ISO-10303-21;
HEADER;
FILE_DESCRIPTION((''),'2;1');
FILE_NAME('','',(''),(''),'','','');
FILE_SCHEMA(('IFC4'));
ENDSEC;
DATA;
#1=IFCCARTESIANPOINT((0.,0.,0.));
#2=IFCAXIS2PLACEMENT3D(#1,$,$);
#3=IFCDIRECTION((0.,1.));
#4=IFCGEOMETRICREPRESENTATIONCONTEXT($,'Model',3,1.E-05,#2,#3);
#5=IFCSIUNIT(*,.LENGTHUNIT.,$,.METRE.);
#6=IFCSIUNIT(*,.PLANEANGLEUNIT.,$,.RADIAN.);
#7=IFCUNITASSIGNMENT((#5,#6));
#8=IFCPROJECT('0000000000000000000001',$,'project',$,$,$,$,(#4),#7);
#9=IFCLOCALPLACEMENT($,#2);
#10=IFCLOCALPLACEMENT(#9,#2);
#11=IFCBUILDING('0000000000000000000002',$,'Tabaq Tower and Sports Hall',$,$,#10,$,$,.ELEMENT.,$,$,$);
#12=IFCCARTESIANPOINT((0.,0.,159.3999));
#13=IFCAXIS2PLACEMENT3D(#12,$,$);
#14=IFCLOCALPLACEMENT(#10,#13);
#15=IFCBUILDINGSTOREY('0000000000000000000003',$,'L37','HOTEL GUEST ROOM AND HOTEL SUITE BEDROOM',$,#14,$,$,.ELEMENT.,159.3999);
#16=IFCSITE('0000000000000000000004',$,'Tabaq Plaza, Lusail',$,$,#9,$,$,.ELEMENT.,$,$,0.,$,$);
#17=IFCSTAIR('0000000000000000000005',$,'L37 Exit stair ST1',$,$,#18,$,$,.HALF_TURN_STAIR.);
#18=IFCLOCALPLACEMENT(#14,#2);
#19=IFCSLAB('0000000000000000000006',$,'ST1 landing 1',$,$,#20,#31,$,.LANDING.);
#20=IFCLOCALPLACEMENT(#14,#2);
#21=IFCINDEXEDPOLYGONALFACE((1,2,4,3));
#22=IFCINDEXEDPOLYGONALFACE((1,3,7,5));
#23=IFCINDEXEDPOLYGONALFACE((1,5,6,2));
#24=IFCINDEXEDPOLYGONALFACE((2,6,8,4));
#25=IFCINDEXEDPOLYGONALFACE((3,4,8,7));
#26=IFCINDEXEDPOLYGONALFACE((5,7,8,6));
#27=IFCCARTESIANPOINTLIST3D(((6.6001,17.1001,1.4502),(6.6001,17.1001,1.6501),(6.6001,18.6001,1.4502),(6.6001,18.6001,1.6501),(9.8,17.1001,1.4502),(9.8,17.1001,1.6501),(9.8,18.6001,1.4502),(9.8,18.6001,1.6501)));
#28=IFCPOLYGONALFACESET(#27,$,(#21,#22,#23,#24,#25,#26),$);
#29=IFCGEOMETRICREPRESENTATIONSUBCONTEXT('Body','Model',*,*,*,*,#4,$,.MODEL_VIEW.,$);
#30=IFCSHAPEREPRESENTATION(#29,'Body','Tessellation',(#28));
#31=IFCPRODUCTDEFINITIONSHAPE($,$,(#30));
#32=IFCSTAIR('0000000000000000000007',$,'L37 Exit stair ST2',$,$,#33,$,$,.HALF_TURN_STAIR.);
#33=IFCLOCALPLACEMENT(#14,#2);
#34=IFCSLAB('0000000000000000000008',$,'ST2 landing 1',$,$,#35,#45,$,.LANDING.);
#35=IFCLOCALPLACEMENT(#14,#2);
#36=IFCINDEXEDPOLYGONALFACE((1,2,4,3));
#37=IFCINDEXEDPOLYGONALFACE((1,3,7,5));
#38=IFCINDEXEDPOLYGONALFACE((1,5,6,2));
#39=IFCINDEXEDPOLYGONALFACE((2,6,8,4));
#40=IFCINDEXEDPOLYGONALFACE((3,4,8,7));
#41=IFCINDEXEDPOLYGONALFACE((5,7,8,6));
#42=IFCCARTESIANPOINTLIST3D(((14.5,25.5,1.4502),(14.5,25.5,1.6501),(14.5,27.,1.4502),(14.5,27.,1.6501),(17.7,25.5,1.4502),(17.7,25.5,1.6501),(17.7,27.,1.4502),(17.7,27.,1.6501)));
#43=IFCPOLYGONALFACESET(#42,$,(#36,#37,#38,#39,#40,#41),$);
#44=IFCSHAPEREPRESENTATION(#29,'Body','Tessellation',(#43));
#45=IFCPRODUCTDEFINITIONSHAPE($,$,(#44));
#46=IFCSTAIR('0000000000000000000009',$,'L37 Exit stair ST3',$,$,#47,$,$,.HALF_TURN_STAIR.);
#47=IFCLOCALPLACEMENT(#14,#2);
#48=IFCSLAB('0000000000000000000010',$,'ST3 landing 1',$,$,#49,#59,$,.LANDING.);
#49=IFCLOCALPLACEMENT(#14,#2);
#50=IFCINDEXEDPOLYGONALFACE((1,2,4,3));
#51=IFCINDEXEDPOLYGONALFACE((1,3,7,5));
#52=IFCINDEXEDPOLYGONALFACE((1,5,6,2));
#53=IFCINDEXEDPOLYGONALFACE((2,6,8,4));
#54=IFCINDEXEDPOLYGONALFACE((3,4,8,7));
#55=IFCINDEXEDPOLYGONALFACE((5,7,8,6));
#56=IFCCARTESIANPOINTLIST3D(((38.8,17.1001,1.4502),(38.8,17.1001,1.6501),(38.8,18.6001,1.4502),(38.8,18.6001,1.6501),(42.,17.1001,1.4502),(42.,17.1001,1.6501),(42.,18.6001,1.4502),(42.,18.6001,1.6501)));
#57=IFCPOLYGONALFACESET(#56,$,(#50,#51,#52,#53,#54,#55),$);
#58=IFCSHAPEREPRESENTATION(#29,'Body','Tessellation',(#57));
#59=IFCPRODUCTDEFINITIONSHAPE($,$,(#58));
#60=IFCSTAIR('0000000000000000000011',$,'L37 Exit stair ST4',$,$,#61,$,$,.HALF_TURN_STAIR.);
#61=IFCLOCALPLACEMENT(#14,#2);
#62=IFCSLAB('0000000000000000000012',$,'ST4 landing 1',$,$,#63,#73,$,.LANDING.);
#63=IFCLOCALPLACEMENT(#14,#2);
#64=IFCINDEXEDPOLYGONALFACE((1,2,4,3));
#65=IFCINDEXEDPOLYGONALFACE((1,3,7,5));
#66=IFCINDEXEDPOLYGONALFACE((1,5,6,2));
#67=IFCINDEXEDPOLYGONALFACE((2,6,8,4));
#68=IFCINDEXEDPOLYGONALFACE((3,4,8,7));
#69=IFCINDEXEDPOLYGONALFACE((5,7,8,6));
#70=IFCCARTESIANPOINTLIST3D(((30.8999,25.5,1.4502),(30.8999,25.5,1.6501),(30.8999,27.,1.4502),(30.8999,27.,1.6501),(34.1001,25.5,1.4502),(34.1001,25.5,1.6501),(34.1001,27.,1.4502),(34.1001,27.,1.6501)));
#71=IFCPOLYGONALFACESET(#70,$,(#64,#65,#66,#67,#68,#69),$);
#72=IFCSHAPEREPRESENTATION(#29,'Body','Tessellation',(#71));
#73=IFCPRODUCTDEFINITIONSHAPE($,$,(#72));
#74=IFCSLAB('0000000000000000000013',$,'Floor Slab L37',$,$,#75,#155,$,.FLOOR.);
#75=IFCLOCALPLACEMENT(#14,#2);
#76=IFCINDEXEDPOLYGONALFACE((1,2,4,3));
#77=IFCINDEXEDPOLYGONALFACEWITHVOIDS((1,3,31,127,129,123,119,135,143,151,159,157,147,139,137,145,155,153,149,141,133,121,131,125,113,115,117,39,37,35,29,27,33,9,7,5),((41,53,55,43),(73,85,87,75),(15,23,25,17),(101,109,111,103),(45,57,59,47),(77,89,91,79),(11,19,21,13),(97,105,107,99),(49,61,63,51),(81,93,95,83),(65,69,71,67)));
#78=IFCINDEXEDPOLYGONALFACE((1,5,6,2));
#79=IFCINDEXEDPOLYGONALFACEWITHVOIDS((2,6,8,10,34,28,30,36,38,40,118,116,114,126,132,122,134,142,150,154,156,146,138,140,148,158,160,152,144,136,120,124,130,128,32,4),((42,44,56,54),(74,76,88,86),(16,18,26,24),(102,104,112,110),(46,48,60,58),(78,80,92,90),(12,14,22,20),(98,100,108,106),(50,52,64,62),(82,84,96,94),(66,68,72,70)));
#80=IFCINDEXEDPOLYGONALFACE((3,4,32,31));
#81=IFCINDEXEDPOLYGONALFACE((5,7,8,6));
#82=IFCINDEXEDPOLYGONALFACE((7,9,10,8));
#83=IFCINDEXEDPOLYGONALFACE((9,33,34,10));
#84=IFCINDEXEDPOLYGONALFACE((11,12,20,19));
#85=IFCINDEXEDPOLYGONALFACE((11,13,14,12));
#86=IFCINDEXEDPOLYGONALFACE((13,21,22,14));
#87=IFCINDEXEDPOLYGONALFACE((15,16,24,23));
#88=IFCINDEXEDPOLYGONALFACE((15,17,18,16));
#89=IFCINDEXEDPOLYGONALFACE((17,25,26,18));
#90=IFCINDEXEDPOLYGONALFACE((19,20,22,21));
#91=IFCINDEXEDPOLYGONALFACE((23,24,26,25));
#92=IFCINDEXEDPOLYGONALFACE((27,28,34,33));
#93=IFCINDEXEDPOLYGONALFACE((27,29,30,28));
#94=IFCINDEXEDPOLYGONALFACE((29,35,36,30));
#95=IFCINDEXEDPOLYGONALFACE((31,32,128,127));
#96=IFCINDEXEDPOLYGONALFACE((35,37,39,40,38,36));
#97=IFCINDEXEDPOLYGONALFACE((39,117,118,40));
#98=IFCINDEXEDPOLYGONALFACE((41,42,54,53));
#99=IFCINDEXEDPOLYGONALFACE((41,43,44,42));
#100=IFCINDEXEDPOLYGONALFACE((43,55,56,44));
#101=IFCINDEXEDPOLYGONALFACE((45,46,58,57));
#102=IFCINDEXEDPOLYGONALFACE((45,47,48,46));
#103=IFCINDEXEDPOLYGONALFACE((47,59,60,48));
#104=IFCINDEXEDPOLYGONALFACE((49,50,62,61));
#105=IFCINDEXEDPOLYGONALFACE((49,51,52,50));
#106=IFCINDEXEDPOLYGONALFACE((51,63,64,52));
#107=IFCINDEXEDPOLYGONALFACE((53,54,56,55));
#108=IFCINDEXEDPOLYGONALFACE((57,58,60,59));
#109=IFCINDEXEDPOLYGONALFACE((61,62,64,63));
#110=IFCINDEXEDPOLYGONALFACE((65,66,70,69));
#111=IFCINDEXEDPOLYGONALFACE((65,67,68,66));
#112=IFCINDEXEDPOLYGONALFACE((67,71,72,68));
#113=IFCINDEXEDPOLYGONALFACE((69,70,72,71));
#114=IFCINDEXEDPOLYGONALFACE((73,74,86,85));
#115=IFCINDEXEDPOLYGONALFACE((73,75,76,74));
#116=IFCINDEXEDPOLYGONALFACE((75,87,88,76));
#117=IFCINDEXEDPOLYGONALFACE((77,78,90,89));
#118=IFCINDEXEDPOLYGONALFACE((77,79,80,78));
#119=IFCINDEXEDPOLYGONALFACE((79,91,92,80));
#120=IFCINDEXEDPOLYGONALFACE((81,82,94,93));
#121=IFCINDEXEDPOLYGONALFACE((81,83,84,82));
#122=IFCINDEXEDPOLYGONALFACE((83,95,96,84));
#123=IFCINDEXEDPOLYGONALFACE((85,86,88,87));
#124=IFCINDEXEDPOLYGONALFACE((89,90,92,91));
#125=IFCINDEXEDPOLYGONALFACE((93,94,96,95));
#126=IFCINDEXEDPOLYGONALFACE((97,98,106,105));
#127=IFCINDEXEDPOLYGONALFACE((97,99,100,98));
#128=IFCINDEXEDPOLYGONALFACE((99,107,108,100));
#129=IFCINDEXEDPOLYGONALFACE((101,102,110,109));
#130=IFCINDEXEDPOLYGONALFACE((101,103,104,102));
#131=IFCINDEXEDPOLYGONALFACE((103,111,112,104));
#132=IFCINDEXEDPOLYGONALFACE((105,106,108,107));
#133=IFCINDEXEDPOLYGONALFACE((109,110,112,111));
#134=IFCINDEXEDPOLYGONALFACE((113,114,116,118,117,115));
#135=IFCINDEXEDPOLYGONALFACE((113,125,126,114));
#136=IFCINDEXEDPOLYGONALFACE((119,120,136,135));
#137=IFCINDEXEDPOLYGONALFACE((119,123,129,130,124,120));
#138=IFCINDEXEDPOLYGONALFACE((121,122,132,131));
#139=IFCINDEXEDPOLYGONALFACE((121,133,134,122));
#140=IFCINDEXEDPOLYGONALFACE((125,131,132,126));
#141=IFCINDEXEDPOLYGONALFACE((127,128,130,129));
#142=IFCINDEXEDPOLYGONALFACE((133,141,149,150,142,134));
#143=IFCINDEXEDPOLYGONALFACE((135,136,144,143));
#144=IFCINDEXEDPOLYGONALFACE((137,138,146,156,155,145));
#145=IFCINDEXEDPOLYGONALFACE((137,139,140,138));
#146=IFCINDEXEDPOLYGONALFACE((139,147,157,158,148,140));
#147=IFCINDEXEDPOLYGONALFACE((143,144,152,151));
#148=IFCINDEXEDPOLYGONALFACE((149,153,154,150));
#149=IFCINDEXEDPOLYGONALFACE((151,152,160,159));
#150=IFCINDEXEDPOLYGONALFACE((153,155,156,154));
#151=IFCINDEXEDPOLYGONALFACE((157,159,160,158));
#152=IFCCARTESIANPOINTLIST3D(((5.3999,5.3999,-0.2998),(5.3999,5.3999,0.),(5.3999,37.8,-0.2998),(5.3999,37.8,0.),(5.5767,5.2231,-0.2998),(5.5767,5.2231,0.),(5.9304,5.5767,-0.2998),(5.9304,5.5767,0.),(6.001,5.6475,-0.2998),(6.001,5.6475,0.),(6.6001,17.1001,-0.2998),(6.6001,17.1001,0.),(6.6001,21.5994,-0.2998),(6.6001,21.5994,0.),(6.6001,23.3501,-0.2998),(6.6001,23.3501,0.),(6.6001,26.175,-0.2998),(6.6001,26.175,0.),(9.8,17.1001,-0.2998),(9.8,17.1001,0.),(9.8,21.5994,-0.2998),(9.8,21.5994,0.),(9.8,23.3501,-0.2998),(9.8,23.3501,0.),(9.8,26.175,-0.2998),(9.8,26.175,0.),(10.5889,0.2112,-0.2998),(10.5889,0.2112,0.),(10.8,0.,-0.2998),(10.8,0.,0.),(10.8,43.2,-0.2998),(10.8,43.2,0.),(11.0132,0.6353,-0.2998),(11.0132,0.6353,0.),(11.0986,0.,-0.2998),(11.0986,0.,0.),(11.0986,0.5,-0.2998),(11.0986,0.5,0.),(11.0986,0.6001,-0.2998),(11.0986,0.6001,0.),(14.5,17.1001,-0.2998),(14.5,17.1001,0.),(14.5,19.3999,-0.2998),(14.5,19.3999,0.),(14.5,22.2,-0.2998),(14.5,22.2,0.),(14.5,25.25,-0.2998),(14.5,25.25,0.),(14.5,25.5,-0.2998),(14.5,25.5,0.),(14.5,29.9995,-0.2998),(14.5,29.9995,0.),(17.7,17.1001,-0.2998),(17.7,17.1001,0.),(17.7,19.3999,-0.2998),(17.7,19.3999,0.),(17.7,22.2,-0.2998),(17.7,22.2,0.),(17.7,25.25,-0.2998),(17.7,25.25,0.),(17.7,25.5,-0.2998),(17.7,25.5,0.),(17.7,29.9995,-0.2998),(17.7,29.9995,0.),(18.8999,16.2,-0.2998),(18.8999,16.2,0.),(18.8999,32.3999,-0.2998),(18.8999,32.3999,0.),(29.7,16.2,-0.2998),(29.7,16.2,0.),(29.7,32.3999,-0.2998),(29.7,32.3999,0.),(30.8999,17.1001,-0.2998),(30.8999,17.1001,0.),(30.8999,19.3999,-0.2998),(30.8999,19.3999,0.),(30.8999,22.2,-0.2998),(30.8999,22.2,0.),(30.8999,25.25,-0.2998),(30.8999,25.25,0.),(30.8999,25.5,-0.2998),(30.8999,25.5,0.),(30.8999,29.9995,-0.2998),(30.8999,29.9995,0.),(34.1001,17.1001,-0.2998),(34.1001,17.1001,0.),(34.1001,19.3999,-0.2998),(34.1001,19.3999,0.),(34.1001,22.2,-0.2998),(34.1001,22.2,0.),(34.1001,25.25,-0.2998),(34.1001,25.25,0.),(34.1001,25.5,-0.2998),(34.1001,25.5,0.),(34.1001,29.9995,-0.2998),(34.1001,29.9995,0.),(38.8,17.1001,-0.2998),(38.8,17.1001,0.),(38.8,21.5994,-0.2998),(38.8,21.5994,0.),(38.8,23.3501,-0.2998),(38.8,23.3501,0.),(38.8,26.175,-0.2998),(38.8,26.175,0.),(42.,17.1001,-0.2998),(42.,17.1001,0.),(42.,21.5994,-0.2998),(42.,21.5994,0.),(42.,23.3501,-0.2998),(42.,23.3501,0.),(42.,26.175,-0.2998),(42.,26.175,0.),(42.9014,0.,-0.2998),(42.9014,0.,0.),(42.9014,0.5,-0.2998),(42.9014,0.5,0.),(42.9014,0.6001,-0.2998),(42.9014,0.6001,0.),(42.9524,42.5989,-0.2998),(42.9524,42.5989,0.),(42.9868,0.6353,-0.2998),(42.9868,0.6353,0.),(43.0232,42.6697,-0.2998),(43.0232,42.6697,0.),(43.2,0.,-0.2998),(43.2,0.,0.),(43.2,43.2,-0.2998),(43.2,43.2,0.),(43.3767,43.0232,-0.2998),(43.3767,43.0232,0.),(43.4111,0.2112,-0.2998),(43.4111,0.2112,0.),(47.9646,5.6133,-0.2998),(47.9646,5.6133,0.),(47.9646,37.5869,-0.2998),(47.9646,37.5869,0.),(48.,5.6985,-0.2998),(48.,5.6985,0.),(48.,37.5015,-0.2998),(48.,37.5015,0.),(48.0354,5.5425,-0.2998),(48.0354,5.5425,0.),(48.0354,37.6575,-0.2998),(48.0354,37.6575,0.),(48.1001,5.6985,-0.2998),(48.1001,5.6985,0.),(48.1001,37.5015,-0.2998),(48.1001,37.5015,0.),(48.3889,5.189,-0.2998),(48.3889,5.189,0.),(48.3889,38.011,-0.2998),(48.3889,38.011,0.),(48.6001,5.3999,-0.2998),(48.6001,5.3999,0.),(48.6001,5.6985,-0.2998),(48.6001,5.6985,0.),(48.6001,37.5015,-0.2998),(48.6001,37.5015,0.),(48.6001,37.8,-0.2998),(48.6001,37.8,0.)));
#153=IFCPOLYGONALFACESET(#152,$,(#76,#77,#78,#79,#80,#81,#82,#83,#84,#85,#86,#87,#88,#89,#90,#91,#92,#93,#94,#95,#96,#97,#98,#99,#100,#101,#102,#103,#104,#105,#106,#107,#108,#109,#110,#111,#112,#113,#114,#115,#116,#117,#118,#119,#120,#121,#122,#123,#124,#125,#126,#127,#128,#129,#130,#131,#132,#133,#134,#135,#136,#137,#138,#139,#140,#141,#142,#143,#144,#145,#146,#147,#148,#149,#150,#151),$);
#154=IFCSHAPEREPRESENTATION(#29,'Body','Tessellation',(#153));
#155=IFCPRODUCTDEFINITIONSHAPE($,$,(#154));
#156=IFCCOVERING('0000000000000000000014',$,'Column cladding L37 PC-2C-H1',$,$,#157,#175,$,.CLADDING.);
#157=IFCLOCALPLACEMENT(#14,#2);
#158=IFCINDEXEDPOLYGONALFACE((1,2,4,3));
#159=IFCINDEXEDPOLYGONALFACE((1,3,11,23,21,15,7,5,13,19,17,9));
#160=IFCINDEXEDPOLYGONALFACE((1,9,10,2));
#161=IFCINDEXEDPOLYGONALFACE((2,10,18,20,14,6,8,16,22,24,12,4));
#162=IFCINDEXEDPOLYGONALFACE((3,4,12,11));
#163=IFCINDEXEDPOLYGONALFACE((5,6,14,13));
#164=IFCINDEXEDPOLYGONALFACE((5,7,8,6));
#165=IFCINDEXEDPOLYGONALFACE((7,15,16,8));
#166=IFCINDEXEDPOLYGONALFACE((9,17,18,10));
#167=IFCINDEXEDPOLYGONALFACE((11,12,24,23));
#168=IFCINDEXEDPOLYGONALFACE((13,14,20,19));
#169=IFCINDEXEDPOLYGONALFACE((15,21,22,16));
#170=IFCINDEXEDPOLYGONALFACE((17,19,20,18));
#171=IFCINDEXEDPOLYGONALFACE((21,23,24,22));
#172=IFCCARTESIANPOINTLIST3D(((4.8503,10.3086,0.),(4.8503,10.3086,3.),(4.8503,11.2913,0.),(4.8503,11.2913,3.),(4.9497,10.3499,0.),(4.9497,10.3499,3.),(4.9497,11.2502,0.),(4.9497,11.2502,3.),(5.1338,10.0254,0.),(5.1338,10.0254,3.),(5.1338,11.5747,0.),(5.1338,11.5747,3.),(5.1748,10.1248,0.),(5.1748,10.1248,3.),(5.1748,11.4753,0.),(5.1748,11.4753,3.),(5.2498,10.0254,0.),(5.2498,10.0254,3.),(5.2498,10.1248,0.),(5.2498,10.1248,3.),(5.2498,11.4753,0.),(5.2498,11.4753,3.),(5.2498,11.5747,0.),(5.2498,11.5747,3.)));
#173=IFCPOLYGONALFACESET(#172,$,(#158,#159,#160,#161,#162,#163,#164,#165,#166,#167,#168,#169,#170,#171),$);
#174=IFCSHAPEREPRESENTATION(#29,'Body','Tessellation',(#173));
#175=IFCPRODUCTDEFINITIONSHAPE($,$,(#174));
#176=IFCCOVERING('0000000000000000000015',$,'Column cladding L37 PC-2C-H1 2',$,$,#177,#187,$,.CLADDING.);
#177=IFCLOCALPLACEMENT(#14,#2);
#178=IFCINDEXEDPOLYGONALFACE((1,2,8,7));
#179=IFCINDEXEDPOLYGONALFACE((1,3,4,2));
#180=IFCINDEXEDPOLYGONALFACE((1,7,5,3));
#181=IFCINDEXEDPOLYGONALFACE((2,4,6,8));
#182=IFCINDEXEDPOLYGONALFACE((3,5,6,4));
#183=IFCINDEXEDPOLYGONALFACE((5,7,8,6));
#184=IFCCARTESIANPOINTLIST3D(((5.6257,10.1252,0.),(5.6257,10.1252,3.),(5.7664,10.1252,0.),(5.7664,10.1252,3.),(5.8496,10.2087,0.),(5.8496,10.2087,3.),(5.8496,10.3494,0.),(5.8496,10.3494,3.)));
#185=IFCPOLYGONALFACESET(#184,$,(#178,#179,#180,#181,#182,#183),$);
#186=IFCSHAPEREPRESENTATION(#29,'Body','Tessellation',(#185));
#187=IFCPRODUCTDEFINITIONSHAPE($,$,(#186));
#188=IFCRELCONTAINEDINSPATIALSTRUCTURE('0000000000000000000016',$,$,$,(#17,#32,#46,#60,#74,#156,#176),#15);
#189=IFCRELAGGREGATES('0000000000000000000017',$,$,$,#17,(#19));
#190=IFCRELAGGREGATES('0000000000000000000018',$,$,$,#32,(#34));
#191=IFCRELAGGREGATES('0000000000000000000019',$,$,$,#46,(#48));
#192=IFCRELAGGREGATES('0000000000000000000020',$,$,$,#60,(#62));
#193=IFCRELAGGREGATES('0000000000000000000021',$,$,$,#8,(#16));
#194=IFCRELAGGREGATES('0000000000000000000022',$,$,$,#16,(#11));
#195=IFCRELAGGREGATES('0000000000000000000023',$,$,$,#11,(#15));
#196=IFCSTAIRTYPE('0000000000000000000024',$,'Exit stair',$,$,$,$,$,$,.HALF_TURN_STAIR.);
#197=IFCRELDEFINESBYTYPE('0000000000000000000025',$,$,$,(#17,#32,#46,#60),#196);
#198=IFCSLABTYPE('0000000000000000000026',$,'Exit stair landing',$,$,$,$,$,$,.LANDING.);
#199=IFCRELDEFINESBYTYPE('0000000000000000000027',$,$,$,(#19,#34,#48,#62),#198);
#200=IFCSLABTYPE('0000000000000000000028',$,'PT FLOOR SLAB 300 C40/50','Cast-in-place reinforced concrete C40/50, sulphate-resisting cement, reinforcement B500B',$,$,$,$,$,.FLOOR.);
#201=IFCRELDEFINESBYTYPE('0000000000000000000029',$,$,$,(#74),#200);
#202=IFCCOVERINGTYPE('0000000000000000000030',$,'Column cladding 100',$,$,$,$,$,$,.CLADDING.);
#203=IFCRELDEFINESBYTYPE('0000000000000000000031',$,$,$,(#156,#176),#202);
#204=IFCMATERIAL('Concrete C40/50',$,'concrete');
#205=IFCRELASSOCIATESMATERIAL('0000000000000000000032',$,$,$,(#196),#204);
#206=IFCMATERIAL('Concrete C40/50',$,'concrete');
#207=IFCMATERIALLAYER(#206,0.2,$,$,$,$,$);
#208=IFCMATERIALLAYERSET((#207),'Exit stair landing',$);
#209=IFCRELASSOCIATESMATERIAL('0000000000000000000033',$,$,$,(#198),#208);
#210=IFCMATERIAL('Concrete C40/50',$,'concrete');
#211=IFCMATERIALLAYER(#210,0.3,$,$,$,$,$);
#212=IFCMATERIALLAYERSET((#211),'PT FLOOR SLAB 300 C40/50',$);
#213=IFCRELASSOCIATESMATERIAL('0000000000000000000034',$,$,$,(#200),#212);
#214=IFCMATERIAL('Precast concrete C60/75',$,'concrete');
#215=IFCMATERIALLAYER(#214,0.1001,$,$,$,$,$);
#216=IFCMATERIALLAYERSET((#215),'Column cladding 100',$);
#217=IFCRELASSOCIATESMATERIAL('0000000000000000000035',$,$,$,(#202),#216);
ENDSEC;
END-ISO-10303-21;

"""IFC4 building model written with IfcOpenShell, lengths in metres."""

from ifc_helpers import new_model, si_unit, direction, frame, origin, place, context, subcontext, project, spatial, polyline, outline, extrude, material, layer, layer_set, type_object, element, aggregate, save


model = new_model("IFC4")

# Units and contexts
model_context = context("Model", 3, precision=1e-05, world=origin(), true_north=direction((0.0, 1.0)))
body_context = subcontext(model_context, "Body", "Model", "MODEL_VIEW")
ifc_project = project(units=[si_unit("LENGTHUNIT", "METRE"), si_unit("PLANEANGLEUNIT", "RADIAN")], contexts=[model_context])

# Site, building, storey
site_placement = place(None, origin())
site = spatial("IfcSite", under=ifc_project, at=site_placement, Name="Tabaq Plaza, Lusail", CompositionType="ELEMENT", RefElevation=0.0)
building_placement = place(site_placement, origin())
building = spatial("IfcBuilding", under=site, at=building_placement, Name="Tabaq Tower and Sports Hall", CompositionType="ELEMENT")
storey_placement = place(building_placement, frame((0.0, 0.0, 159.3999)))
storey = spatial("IfcBuildingStorey", under=building, at=storey_placement, Name="L37", Description="HOTEL GUEST ROOM AND HOTEL SUITE BEDROOM", CompositionType="ELEMENT", Elevation=159.3999)

# Stairs, slabs
ifc_material_1 = material(Name="Concrete C40/50", Category="concrete")
stair_type = type_object("IfcStairType", Name="Exit stair", PredefinedType="HALF_TURN_STAIR", material=ifc_material_1)
stair_1_placement = place(storey_placement, origin())
stair_1 = element("IfcStair", 1, at=stair_1_placement, inside=storey, type_object=stair_type, Name="L37 Exit stair ST1", PredefinedType="HALF_TURN_STAIR")
ifc_material_2 = material(Name="Concrete C40/50", Category="concrete")
ifc_layer_1 = layer(ifc_material_2, 0.2)
ifc_layer_set_1 = layer_set([ifc_layer_1], Name="Exit stair landing")
slab_type_1 = type_object("IfcSlabType", Name="Exit stair landing", PredefinedType="LANDING", material=ifc_layer_set_1)
slab_1_placement = place(storey_placement, frame((0.0, 0.0, 1.4502)))
slab_1 = element("IfcSlab", 2, at=slab_1_placement, type_object=slab_type_1, Name="ST1 landing 1", PredefinedType="LANDING", context=body_context, shape_type="SweptSolid", body=[
    extrude(outline(polyline([(6.6001, 18.6001), (6.6001, 17.1001), (9.8, 17.1001), (9.8, 18.6001), (6.6001, 18.6001)])), origin(), (0.0, 0.0, 1.0), 0.2),
])
aggregate(stair_1, [slab_1])
stair_2_placement = place(storey_placement, origin())
stair_2 = element("IfcStair", 3, at=stair_2_placement, inside=storey, type_object=stair_type, Name="L37 Exit stair ST2", PredefinedType="HALF_TURN_STAIR")
slab_2_placement = place(storey_placement, frame((0.0, 0.0, 1.4502)))
slab_2 = element("IfcSlab", 4, at=slab_2_placement, type_object=slab_type_1, Name="ST2 landing 1", PredefinedType="LANDING", context=body_context, shape_type="SweptSolid", body=[
    extrude(outline(polyline([(14.5, 27.0), (14.5, 25.5), (17.7, 25.5), (17.7, 27.0), (14.5, 27.0)])), origin(), (0.0, 0.0, 1.0), 0.2),
])
aggregate(stair_2, [slab_2])
stair_3_placement = place(storey_placement, origin())
stair_3 = element("IfcStair", 5, at=stair_3_placement, inside=storey, type_object=stair_type, Name="L37 Exit stair ST3", PredefinedType="HALF_TURN_STAIR")
slab_3_placement = place(storey_placement, frame((0.0, 0.0, 1.4502)))
slab_3 = element("IfcSlab", 6, at=slab_3_placement, type_object=slab_type_1, Name="ST3 landing 1", PredefinedType="LANDING", context=body_context, shape_type="SweptSolid", body=[
    extrude(outline(polyline([(38.8, 18.6001), (38.8, 17.1001), (42.0, 17.1001), (42.0, 18.6001), (38.8, 18.6001)])), origin(), (0.0, 0.0, 1.0), 0.2),
])
aggregate(stair_3, [slab_3])
stair_4_placement = place(storey_placement, origin())
stair_4 = element("IfcStair", 7, at=stair_4_placement, inside=storey, type_object=stair_type, Name="L37 Exit stair ST4", PredefinedType="HALF_TURN_STAIR")
slab_4_placement = place(storey_placement, frame((0.0, 0.0, 1.4502)))
slab_4 = element("IfcSlab", 8, at=slab_4_placement, type_object=slab_type_1, Name="ST4 landing 1", PredefinedType="LANDING", context=body_context, shape_type="SweptSolid", body=[
    extrude(outline(polyline([(30.8999, 27.0), (30.8999, 25.5), (34.1001, 25.5), (34.1001, 27.0), (30.8999, 27.0)])), origin(), (0.0, 0.0, 1.0), 0.2),
])
aggregate(stair_4, [slab_4])

# Slab
ifc_material_3 = material(Name="Concrete C40/50", Category="concrete")
ifc_layer_2 = layer(ifc_material_3, 0.3)
ifc_layer_set_2 = layer_set([ifc_layer_2], Name="PT FLOOR SLAB 300 C40/50")
slab_type_2 = type_object("IfcSlabType", Name="PT FLOOR SLAB 300 C40/50", Description="Cast-in-place reinforced concrete C40/50, sulphate-resisting cement, reinforcement B500B", PredefinedType="FLOOR", material=ifc_layer_set_2)
slab_5_placement = place(storey_placement, frame((0.0, 0.0, -0.2998)))
element("IfcSlab", 9, at=slab_5_placement, inside=storey, type_object=slab_type_2, Name="Floor Slab L37", PredefinedType="FLOOR", context=body_context, shape_type="SweptSolid", body=[
    extrude(outline(polyline([(5.3999, 37.8), (5.3999, 5.3999), (5.5767, 5.2231), (5.9304, 5.5767), (6.001, 5.6475), (11.0132, 0.6353), (10.5889, 0.2112), (10.8, 0.0), (11.0986, 0.0), (11.0986, 0.5), (11.0986, 0.6001), (42.9014, 0.6001), (42.9014, 0.5), (42.9014, 0.0), (43.2, 0.0), (43.4111, 0.2112), (42.9868, 0.6353), (47.9646, 5.6133), (48.0354, 5.5425), (48.3889, 5.189), (48.6001, 5.3999), (48.6001, 5.6985), (48.1001, 5.6985), (48.0, 5.6985), (48.0, 37.5015), (48.1001, 37.5015), (48.6001, 37.5015), (48.6001, 37.8), (48.3889, 38.011), (48.0354, 37.6575), (47.9646, 37.5869), (42.9524, 42.5989), (43.0232, 42.6697), (43.3767, 43.0232), (43.2, 43.2), (10.8, 43.2), (5.3999, 37.8)]), holes=[polyline([(14.5, 19.3999), (17.7, 19.3999), (17.7, 17.1001), (14.5, 17.1001), (14.5, 19.3999)]), polyline([(6.6001, 21.5994), (9.8, 21.5994), (9.8, 17.1001), (6.6001, 17.1001), (6.6001, 21.5994)]), polyline([(14.5, 25.25), (17.7, 25.25), (17.7, 22.2), (14.5, 22.2), (14.5, 25.25)]), polyline([(18.8999, 32.3999), (29.7, 32.3999), (29.7, 16.2), (18.8999, 16.2), (18.8999, 32.3999)]), polyline([(9.8, 26.175), (9.8, 23.3501), (6.6001, 23.3501), (6.6001, 26.175), (9.8, 26.175)]), polyline([(14.5, 29.9995), (17.7, 29.9995), (17.7, 25.5), (14.5, 25.5), (14.5, 29.9995)]), polyline([(34.1001, 19.3999), (34.1001, 17.1001), (30.8999, 17.1001), (30.8999, 19.3999), (34.1001, 19.3999)]), polyline([(42.0, 21.5994), (42.0, 17.1001), (38.8, 17.1001), (38.8, 21.5994), (42.0, 21.5994)]), polyline([(30.8999, 25.25), (34.1001, 25.25), (34.1001, 22.2), (30.8999, 22.2), (30.8999, 25.25)]), polyline([(42.0, 26.175), (42.0, 23.3501), (38.8, 23.3501), (38.8, 26.175), (42.0, 26.175)]), polyline([(34.1001, 29.9995), (34.1001, 25.5), (30.8999, 25.5), (30.8999, 29.9995), (34.1001, 29.9995)])]), origin(), (0.0, 0.0, 1.0), 0.2998),
])

# Coverings
ifc_material_4 = material(Name="Precast concrete C60/75", Category="concrete")
ifc_layer_3 = layer(ifc_material_4, 0.1001)
ifc_layer_set_3 = layer_set([ifc_layer_3], Name="Column cladding 100")
covering_type_1 = type_object("IfcCoveringType", Name="Column cladding 100", PredefinedType="CLADDING", material=ifc_layer_set_3)
covering_1_placement = place(storey_placement, origin())
element("IfcCovering", 10, at=covering_1_placement, inside=storey, type_object=covering_type_1, Name="Column cladding L37 PC-2C-H1", PredefinedType="CLADDING", context=body_context, shape_type="SweptSolid", body=[
    extrude(outline(polyline([(5.1338, 10.0254), (4.8503, 10.3086), (4.8503, 11.2913), (5.1338, 11.5747), (5.2498, 11.5747), (5.2498, 11.4753), (5.1748, 11.4753), (4.9497, 11.2502), (4.9497, 10.3499), (5.1748, 10.1248), (5.2498, 10.1248), (5.2498, 10.0254), (5.1338, 10.0254)])), origin(), (0.0, 0.0, 1.0), 3.0),
])
covering_2_placement = place(storey_placement, origin())
element("IfcCovering", 11, at=covering_2_placement, inside=storey, type_object=covering_type_1, Name="Column cladding L37 PC-2C-H1 2", PredefinedType="CLADDING", context=body_context, shape_type="SweptSolid", body=[
    extrude(outline(polyline([(5.7664, 10.1252), (5.6257, 10.1252), (5.8496, 10.3494), (5.8496, 10.2087), (5.7664, 10.1252)])), origin(), (0.0, 0.0, 1.0), 3.0),
])

save(model, "model.ifc")
